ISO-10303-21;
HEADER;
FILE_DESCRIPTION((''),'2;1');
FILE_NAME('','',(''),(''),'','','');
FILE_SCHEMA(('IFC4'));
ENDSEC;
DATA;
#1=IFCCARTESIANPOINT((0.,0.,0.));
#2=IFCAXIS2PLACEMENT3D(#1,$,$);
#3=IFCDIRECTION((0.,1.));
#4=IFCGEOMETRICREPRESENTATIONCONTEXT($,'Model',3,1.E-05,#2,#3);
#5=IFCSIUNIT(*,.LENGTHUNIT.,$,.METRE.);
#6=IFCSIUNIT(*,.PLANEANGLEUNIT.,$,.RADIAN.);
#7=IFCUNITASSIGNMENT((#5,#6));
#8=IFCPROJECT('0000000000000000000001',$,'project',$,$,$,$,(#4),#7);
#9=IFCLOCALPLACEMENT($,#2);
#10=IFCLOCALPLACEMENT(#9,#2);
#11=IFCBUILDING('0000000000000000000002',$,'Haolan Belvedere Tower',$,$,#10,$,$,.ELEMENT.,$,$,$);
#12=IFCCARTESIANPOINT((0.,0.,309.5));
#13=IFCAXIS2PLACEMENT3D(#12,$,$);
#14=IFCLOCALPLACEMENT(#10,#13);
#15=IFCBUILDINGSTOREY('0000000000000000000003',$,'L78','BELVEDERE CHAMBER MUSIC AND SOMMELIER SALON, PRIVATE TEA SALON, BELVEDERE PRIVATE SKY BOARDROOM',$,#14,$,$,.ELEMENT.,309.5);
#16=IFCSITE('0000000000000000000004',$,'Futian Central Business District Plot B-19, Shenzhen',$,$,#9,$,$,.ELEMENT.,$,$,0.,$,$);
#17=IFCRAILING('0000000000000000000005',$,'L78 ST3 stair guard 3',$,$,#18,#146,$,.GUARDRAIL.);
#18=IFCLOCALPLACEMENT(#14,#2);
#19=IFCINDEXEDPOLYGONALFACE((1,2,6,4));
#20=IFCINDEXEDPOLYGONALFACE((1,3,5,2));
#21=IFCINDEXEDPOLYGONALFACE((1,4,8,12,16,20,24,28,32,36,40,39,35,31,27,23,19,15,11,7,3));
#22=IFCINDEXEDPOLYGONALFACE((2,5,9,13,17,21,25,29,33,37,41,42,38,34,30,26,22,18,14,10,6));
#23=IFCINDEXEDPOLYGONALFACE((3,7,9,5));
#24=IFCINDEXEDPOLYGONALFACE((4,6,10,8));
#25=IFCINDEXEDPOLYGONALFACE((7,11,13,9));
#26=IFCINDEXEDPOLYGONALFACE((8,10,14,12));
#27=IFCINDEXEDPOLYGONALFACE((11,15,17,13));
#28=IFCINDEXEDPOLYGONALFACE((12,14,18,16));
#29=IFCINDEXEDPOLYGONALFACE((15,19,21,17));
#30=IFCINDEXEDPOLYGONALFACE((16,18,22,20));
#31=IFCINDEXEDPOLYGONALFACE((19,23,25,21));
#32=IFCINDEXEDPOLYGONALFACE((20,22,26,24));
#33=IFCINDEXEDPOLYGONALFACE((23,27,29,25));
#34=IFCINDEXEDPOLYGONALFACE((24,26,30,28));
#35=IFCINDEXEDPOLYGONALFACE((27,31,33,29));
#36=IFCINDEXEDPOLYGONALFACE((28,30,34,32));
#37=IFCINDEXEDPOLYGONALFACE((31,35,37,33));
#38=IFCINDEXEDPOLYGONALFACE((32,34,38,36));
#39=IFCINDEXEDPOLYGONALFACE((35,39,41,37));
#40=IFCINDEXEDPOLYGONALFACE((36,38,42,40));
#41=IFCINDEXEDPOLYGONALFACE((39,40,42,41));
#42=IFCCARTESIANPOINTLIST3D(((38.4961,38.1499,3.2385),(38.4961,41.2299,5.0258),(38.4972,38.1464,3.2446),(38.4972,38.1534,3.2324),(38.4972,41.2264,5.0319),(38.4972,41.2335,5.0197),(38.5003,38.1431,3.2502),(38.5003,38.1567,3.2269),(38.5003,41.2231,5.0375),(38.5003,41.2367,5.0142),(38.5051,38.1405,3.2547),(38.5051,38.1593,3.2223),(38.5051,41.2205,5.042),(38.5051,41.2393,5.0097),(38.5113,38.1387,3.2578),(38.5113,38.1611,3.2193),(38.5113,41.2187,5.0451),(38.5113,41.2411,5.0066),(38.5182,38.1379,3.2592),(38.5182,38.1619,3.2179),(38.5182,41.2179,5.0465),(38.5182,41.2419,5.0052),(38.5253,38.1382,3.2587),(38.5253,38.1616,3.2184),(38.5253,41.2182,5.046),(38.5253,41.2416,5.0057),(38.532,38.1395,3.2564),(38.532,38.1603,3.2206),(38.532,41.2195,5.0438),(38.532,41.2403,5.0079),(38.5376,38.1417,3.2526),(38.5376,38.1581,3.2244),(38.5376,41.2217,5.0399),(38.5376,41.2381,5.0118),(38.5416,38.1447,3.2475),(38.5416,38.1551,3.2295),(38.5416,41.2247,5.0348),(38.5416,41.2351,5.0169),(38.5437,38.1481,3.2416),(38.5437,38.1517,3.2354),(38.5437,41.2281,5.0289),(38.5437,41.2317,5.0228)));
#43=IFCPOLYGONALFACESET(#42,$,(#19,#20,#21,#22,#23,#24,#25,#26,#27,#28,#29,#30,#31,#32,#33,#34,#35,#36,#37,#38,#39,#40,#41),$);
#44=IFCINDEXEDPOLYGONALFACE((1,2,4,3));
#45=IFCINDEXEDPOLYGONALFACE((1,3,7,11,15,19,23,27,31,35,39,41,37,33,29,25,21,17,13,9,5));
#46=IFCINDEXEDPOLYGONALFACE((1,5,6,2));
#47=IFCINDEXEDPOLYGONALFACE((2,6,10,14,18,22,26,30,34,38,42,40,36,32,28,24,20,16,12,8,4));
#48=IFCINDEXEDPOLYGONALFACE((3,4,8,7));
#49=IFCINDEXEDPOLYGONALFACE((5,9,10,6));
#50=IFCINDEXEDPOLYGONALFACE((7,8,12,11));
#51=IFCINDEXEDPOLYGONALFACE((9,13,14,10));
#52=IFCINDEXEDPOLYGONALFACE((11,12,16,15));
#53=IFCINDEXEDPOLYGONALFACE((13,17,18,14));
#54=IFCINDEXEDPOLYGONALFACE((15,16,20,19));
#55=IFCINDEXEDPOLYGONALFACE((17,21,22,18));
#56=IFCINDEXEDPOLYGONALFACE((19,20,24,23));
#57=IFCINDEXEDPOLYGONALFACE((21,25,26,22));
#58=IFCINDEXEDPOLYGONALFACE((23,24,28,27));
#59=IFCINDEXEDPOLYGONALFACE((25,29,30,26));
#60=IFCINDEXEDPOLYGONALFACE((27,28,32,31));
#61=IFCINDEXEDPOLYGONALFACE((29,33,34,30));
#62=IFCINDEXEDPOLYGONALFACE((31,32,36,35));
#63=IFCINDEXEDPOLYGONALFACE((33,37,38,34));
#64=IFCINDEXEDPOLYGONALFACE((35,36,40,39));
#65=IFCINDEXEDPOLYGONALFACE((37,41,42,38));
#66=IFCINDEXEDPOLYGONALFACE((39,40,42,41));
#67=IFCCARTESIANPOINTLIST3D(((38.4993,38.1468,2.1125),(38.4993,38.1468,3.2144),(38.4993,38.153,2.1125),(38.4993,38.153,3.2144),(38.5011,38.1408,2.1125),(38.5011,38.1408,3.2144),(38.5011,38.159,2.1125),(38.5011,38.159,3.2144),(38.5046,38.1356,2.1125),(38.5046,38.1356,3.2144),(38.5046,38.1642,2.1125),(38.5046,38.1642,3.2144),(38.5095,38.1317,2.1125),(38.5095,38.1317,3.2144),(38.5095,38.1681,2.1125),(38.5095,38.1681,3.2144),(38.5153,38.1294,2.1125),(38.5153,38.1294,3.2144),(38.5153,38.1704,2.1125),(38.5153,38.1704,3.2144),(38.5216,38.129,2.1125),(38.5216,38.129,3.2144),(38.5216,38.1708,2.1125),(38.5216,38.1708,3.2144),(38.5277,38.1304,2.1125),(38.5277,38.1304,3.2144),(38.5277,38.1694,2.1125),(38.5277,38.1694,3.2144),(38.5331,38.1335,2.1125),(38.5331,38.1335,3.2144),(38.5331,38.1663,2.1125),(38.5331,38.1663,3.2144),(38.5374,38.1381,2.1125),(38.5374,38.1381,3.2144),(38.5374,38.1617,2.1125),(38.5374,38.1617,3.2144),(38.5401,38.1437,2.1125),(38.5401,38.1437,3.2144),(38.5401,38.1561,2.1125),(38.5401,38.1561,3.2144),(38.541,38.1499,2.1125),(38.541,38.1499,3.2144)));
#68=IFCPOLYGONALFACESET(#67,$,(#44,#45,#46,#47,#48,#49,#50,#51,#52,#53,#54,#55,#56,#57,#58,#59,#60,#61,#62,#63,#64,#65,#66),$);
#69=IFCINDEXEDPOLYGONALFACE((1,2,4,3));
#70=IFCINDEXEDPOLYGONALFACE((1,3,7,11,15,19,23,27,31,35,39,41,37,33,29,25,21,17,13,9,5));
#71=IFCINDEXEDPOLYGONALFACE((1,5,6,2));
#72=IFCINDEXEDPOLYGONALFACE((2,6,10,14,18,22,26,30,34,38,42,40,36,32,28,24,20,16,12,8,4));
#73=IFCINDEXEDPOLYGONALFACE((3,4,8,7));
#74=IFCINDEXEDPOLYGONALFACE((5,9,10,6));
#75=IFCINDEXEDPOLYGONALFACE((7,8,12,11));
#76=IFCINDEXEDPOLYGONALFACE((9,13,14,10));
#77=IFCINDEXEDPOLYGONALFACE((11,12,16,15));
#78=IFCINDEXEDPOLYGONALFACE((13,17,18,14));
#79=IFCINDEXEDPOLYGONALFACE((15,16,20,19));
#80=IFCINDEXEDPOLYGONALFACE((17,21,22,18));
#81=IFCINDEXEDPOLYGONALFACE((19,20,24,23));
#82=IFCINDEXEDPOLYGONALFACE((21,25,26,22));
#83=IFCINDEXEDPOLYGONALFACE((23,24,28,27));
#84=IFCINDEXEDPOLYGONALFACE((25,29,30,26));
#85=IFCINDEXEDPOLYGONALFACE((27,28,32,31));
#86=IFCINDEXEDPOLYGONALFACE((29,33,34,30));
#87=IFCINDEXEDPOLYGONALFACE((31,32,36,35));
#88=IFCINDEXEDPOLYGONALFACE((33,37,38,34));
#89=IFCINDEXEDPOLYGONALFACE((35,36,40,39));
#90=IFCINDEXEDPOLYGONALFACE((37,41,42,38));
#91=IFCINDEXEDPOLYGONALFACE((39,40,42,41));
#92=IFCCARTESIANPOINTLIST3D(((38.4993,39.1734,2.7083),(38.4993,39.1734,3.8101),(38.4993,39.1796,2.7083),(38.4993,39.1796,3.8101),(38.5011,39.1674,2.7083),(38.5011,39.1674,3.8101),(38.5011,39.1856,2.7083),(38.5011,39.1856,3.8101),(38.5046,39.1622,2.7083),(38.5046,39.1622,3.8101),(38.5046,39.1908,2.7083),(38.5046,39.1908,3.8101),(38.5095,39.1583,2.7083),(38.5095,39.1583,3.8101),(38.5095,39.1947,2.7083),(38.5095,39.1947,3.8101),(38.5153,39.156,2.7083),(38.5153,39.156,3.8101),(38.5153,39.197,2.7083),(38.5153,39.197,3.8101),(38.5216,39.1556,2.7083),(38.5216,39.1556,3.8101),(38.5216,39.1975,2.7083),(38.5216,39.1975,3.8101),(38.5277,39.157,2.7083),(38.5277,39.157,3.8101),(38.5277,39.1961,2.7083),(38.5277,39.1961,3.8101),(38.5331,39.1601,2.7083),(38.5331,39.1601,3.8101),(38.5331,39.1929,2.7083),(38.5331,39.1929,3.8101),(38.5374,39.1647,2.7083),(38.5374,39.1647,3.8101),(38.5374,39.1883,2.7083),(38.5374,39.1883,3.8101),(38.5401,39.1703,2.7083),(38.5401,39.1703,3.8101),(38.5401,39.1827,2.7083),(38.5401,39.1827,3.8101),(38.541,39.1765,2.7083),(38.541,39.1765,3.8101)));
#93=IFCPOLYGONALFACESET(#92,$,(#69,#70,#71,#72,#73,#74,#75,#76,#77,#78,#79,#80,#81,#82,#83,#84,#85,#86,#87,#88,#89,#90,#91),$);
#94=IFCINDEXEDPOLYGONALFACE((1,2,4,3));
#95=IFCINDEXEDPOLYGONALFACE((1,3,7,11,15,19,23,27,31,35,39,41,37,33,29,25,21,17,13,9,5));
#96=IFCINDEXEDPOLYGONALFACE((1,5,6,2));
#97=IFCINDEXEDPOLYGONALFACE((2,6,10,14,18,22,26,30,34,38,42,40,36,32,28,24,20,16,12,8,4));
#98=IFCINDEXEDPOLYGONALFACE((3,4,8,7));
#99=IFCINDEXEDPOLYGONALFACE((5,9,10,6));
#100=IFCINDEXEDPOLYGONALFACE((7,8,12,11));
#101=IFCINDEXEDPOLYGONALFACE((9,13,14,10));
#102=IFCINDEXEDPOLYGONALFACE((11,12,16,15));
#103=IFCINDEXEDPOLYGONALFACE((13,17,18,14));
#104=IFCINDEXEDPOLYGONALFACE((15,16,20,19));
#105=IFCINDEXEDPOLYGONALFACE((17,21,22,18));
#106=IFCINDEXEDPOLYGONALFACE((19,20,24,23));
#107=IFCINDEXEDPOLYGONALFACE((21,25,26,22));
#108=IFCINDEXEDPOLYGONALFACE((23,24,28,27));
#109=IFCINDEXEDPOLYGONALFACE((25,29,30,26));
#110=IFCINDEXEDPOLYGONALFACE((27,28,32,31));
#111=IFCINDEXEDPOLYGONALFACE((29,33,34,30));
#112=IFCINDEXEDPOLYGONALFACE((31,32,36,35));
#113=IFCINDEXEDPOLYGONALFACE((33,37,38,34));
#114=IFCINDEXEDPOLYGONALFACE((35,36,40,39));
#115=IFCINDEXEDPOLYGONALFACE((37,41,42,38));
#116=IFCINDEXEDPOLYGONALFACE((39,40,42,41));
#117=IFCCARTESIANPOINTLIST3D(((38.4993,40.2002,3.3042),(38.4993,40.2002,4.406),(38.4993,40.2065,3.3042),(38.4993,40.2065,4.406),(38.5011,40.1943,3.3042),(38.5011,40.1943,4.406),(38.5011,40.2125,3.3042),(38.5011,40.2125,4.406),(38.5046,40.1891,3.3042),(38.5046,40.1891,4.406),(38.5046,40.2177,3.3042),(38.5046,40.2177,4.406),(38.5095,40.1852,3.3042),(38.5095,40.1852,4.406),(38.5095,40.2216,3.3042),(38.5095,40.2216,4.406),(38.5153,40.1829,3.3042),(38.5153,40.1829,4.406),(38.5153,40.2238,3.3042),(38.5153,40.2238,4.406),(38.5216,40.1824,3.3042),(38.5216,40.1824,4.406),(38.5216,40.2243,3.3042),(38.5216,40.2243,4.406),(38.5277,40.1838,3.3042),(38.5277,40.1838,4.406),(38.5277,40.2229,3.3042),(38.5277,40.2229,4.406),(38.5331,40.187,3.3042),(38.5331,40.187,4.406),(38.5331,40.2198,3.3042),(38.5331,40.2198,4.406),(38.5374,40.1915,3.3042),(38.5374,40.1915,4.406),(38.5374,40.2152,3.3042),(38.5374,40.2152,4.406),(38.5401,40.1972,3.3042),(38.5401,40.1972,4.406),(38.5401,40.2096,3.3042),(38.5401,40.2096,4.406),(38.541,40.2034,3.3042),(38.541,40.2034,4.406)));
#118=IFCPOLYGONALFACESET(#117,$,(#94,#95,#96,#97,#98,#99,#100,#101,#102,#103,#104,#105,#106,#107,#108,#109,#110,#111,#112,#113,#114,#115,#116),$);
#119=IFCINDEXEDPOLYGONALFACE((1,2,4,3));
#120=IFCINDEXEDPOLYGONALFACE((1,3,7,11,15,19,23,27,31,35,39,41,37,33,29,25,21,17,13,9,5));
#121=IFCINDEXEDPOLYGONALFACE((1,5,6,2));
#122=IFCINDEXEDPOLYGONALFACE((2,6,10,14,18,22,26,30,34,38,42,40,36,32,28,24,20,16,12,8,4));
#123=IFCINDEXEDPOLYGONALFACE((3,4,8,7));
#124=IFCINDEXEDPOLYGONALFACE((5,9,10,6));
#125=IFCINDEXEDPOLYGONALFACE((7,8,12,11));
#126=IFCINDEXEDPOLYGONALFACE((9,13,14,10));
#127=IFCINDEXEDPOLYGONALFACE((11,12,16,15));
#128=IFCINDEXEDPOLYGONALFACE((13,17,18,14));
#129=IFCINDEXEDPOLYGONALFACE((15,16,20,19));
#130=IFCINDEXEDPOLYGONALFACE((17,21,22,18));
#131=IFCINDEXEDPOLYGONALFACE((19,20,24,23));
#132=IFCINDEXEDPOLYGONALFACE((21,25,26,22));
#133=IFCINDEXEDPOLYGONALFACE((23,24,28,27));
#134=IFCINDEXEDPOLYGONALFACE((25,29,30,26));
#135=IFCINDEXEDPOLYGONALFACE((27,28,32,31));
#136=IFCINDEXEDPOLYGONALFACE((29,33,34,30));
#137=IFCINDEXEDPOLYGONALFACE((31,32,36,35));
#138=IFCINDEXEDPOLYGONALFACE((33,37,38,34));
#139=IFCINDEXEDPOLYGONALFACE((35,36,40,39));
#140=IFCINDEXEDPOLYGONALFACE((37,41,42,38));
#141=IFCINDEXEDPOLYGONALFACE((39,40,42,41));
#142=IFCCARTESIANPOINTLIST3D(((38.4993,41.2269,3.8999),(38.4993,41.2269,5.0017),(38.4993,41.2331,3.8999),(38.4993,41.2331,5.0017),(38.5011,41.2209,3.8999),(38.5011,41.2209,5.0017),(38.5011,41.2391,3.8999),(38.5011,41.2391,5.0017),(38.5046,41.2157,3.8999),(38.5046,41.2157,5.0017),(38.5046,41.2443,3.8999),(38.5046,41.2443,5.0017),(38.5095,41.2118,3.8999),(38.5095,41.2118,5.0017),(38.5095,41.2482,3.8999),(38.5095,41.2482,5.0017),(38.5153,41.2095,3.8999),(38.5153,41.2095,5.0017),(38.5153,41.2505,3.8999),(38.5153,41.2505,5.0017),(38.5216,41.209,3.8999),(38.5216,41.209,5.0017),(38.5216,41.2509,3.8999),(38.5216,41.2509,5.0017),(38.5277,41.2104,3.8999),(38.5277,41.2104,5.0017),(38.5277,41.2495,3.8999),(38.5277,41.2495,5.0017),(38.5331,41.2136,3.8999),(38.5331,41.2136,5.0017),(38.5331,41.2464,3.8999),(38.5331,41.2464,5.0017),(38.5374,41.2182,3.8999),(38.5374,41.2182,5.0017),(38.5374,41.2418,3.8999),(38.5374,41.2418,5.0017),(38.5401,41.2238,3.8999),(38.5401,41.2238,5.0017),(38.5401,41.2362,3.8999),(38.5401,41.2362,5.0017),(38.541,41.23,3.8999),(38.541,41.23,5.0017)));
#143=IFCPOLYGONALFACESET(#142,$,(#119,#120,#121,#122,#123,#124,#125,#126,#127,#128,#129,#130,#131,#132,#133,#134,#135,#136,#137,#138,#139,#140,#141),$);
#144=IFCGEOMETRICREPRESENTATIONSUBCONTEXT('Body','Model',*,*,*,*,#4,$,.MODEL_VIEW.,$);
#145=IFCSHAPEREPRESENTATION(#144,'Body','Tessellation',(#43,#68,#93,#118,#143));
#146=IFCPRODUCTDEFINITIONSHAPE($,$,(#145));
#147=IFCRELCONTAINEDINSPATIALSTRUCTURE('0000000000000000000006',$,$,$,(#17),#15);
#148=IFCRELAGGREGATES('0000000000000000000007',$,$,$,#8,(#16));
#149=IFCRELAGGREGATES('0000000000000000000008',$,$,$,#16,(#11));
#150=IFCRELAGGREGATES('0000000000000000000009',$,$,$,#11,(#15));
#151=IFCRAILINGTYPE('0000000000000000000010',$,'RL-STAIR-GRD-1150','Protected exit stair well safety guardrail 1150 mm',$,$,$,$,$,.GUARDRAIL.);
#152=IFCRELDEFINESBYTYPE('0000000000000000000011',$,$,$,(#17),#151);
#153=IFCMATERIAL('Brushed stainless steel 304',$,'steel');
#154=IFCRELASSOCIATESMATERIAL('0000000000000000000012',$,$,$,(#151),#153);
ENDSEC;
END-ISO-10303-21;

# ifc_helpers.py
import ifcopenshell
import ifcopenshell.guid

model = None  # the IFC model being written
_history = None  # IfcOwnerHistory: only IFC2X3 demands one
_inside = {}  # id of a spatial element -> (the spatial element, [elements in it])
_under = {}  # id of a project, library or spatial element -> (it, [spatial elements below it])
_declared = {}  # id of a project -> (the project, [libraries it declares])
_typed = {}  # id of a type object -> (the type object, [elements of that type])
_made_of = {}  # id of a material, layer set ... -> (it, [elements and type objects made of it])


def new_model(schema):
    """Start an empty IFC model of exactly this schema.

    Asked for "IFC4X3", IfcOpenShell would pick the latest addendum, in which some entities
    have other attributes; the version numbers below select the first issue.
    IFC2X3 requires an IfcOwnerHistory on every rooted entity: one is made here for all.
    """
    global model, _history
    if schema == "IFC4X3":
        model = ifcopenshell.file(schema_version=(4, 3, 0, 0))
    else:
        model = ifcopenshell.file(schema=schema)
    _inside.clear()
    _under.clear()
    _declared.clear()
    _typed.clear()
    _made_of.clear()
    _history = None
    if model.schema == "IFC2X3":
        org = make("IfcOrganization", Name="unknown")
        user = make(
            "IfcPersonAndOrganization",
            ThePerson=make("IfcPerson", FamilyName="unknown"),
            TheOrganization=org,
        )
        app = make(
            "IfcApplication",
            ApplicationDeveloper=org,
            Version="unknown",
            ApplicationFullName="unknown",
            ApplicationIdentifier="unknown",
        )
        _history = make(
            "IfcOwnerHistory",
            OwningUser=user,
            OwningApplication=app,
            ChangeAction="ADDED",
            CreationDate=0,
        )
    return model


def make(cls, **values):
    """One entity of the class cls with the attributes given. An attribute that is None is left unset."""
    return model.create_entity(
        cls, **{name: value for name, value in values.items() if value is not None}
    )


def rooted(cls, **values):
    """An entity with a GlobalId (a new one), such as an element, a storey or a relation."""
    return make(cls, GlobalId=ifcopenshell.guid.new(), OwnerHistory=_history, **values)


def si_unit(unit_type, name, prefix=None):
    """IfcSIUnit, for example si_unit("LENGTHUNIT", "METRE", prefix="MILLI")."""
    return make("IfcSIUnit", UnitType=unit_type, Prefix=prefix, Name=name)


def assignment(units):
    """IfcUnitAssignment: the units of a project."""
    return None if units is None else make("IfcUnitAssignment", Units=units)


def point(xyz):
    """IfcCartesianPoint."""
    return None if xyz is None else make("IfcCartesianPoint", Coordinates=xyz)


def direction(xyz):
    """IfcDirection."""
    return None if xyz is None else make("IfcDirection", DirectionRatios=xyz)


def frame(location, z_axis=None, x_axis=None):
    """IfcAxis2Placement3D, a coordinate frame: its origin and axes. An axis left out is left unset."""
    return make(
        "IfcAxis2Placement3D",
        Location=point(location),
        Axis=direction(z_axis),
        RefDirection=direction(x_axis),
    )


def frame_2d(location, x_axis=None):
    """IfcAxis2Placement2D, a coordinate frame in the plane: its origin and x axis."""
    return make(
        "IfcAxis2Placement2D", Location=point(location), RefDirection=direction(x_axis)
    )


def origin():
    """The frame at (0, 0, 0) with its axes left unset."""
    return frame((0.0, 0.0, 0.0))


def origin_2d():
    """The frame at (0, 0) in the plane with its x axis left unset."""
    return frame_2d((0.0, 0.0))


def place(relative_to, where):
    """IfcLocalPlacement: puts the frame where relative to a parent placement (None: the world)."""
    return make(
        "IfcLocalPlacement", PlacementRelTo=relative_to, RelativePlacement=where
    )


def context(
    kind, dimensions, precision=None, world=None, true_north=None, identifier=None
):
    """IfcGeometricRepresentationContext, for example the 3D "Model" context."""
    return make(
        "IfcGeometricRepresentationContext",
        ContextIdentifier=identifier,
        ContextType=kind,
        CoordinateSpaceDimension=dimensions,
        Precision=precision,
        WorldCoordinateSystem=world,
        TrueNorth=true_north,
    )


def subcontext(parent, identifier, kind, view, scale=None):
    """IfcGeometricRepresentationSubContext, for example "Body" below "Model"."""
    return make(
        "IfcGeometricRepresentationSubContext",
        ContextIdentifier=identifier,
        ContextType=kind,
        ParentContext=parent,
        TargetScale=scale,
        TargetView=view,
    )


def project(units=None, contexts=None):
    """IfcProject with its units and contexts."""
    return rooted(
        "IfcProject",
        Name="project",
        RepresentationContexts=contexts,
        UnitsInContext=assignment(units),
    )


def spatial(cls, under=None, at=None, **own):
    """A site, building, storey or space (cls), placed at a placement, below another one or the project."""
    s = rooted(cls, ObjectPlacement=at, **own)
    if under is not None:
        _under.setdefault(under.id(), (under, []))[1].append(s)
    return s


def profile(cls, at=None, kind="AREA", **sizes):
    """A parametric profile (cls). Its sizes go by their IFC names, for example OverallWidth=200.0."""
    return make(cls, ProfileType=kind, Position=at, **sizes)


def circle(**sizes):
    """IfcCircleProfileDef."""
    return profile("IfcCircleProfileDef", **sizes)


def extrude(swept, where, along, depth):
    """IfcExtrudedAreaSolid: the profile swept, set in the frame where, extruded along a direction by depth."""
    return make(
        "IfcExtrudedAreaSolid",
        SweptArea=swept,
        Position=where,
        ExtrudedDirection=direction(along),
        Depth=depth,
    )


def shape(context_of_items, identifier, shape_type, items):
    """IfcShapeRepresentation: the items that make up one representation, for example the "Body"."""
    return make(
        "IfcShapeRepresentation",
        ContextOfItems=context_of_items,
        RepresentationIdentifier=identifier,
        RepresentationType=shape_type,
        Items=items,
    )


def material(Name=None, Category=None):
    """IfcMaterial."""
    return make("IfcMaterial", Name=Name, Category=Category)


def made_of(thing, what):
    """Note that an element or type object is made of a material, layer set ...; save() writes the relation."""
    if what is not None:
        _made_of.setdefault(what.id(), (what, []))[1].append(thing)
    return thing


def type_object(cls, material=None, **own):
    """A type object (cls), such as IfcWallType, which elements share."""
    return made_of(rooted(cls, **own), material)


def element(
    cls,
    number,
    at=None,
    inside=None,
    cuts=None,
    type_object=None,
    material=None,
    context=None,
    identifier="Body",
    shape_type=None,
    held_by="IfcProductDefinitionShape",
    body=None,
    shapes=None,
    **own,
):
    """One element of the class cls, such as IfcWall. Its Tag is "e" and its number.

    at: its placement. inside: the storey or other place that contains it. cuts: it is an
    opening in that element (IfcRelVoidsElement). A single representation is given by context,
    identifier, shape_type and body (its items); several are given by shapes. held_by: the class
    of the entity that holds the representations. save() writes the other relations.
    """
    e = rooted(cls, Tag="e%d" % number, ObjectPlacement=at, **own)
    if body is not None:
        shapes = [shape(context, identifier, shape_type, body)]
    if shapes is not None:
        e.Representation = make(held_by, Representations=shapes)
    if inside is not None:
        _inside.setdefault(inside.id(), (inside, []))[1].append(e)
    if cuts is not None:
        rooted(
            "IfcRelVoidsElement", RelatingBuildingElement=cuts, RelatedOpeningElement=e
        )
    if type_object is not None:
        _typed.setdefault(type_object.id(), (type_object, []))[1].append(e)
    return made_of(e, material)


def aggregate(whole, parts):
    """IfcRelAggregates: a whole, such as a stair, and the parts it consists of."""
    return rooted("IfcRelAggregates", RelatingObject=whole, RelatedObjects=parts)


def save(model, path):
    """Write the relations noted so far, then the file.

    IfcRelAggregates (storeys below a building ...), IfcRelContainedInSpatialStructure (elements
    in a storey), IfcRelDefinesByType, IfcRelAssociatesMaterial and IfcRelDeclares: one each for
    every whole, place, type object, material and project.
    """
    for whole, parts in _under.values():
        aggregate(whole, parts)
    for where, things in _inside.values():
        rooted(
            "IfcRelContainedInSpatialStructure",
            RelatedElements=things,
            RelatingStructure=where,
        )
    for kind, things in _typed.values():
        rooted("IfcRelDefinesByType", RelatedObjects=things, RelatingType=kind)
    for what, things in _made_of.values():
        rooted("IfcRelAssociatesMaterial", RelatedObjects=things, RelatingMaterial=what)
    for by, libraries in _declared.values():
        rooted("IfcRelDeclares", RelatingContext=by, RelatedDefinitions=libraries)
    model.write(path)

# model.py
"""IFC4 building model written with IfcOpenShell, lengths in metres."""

from ifc_helpers import new_model, si_unit, direction, frame, origin, origin_2d, place, context, subcontext, project, spatial, circle, extrude, material, type_object, element, save


model = new_model("IFC4")

# Units and contexts
model_context = context("Model", 3, precision=1e-05, world=origin(), true_north=direction((0.0, 1.0)))
body_context = subcontext(model_context, "Body", "Model", "MODEL_VIEW")
ifc_project = project(units=[si_unit("LENGTHUNIT", "METRE"), si_unit("PLANEANGLEUNIT", "RADIAN")], contexts=[model_context])

# Site, building, storey
site_placement = place(None, origin())
site = spatial("IfcSite", under=ifc_project, at=site_placement, Name="Futian Central Business District Plot B-19, Shenzhen", CompositionType="ELEMENT", RefElevation=0.0)
building_placement = place(site_placement, origin())
building = spatial("IfcBuilding", under=site, at=building_placement, Name="Haolan Belvedere Tower", CompositionType="ELEMENT")
storey_placement = place(building_placement, frame((0.0, 0.0, 309.5)))
storey = spatial("IfcBuildingStorey", under=building, at=storey_placement, Name="L78", Description="BELVEDERE CHAMBER MUSIC AND SOMMELIER SALON, PRIVATE TEA SALON, BELVEDERE PRIVATE SKY BOARDROOM", CompositionType="ELEMENT", Elevation=309.5)

# Railing
ifc_material_1 = material(Name="Brushed stainless steel 304", Category="steel")
railing_type_1 = type_object("IfcRailingType", Name="RL-STAIR-GRD-1150", Description="Protected exit stair well safety guardrail 1150 mm", PredefinedType="GUARDRAIL", material=ifc_material_1)
railing_1_placement = place(storey_placement, frame((38.52, 38.1499, 2.1125)))
element("IfcRailing", 1, at=railing_1_placement, inside=storey, type_object=railing_type_1, Name="L78 ST3 stair guard 3", PredefinedType="GUARDRAIL", context=body_context, shape_type="SweptSolid", body=[
    extrude(circle(Radius=0.0239, at=origin_2d()), frame((0.0, 0.0, 1.126), z_axis=(0.0, 0.86492, 0.501909), x_axis=(-1.0, 0.0, 0.0)), (0.0, 0.0, 1.0), 3.561),
    extrude(circle(Radius=0.021, at=origin_2d()), origin(), (0.0, 0.0, 1.0), 1.1018),
    extrude(circle(Radius=0.021, at=origin_2d()), frame((0.0, 1.0266, 0.5957)), (0.0, 0.0, 1.0), 1.1018),
    extrude(circle(Radius=0.021, at=origin_2d()), frame((0.0, 2.0535, 1.1917)), (0.0, 0.0, 1.0), 1.1018),
    extrude(circle(Radius=0.021, at=origin_2d()), frame((0.0, 3.0801, 1.7874)), (0.0, 0.0, 1.0), 1.1018),
])

save(model, "model.ifc")
